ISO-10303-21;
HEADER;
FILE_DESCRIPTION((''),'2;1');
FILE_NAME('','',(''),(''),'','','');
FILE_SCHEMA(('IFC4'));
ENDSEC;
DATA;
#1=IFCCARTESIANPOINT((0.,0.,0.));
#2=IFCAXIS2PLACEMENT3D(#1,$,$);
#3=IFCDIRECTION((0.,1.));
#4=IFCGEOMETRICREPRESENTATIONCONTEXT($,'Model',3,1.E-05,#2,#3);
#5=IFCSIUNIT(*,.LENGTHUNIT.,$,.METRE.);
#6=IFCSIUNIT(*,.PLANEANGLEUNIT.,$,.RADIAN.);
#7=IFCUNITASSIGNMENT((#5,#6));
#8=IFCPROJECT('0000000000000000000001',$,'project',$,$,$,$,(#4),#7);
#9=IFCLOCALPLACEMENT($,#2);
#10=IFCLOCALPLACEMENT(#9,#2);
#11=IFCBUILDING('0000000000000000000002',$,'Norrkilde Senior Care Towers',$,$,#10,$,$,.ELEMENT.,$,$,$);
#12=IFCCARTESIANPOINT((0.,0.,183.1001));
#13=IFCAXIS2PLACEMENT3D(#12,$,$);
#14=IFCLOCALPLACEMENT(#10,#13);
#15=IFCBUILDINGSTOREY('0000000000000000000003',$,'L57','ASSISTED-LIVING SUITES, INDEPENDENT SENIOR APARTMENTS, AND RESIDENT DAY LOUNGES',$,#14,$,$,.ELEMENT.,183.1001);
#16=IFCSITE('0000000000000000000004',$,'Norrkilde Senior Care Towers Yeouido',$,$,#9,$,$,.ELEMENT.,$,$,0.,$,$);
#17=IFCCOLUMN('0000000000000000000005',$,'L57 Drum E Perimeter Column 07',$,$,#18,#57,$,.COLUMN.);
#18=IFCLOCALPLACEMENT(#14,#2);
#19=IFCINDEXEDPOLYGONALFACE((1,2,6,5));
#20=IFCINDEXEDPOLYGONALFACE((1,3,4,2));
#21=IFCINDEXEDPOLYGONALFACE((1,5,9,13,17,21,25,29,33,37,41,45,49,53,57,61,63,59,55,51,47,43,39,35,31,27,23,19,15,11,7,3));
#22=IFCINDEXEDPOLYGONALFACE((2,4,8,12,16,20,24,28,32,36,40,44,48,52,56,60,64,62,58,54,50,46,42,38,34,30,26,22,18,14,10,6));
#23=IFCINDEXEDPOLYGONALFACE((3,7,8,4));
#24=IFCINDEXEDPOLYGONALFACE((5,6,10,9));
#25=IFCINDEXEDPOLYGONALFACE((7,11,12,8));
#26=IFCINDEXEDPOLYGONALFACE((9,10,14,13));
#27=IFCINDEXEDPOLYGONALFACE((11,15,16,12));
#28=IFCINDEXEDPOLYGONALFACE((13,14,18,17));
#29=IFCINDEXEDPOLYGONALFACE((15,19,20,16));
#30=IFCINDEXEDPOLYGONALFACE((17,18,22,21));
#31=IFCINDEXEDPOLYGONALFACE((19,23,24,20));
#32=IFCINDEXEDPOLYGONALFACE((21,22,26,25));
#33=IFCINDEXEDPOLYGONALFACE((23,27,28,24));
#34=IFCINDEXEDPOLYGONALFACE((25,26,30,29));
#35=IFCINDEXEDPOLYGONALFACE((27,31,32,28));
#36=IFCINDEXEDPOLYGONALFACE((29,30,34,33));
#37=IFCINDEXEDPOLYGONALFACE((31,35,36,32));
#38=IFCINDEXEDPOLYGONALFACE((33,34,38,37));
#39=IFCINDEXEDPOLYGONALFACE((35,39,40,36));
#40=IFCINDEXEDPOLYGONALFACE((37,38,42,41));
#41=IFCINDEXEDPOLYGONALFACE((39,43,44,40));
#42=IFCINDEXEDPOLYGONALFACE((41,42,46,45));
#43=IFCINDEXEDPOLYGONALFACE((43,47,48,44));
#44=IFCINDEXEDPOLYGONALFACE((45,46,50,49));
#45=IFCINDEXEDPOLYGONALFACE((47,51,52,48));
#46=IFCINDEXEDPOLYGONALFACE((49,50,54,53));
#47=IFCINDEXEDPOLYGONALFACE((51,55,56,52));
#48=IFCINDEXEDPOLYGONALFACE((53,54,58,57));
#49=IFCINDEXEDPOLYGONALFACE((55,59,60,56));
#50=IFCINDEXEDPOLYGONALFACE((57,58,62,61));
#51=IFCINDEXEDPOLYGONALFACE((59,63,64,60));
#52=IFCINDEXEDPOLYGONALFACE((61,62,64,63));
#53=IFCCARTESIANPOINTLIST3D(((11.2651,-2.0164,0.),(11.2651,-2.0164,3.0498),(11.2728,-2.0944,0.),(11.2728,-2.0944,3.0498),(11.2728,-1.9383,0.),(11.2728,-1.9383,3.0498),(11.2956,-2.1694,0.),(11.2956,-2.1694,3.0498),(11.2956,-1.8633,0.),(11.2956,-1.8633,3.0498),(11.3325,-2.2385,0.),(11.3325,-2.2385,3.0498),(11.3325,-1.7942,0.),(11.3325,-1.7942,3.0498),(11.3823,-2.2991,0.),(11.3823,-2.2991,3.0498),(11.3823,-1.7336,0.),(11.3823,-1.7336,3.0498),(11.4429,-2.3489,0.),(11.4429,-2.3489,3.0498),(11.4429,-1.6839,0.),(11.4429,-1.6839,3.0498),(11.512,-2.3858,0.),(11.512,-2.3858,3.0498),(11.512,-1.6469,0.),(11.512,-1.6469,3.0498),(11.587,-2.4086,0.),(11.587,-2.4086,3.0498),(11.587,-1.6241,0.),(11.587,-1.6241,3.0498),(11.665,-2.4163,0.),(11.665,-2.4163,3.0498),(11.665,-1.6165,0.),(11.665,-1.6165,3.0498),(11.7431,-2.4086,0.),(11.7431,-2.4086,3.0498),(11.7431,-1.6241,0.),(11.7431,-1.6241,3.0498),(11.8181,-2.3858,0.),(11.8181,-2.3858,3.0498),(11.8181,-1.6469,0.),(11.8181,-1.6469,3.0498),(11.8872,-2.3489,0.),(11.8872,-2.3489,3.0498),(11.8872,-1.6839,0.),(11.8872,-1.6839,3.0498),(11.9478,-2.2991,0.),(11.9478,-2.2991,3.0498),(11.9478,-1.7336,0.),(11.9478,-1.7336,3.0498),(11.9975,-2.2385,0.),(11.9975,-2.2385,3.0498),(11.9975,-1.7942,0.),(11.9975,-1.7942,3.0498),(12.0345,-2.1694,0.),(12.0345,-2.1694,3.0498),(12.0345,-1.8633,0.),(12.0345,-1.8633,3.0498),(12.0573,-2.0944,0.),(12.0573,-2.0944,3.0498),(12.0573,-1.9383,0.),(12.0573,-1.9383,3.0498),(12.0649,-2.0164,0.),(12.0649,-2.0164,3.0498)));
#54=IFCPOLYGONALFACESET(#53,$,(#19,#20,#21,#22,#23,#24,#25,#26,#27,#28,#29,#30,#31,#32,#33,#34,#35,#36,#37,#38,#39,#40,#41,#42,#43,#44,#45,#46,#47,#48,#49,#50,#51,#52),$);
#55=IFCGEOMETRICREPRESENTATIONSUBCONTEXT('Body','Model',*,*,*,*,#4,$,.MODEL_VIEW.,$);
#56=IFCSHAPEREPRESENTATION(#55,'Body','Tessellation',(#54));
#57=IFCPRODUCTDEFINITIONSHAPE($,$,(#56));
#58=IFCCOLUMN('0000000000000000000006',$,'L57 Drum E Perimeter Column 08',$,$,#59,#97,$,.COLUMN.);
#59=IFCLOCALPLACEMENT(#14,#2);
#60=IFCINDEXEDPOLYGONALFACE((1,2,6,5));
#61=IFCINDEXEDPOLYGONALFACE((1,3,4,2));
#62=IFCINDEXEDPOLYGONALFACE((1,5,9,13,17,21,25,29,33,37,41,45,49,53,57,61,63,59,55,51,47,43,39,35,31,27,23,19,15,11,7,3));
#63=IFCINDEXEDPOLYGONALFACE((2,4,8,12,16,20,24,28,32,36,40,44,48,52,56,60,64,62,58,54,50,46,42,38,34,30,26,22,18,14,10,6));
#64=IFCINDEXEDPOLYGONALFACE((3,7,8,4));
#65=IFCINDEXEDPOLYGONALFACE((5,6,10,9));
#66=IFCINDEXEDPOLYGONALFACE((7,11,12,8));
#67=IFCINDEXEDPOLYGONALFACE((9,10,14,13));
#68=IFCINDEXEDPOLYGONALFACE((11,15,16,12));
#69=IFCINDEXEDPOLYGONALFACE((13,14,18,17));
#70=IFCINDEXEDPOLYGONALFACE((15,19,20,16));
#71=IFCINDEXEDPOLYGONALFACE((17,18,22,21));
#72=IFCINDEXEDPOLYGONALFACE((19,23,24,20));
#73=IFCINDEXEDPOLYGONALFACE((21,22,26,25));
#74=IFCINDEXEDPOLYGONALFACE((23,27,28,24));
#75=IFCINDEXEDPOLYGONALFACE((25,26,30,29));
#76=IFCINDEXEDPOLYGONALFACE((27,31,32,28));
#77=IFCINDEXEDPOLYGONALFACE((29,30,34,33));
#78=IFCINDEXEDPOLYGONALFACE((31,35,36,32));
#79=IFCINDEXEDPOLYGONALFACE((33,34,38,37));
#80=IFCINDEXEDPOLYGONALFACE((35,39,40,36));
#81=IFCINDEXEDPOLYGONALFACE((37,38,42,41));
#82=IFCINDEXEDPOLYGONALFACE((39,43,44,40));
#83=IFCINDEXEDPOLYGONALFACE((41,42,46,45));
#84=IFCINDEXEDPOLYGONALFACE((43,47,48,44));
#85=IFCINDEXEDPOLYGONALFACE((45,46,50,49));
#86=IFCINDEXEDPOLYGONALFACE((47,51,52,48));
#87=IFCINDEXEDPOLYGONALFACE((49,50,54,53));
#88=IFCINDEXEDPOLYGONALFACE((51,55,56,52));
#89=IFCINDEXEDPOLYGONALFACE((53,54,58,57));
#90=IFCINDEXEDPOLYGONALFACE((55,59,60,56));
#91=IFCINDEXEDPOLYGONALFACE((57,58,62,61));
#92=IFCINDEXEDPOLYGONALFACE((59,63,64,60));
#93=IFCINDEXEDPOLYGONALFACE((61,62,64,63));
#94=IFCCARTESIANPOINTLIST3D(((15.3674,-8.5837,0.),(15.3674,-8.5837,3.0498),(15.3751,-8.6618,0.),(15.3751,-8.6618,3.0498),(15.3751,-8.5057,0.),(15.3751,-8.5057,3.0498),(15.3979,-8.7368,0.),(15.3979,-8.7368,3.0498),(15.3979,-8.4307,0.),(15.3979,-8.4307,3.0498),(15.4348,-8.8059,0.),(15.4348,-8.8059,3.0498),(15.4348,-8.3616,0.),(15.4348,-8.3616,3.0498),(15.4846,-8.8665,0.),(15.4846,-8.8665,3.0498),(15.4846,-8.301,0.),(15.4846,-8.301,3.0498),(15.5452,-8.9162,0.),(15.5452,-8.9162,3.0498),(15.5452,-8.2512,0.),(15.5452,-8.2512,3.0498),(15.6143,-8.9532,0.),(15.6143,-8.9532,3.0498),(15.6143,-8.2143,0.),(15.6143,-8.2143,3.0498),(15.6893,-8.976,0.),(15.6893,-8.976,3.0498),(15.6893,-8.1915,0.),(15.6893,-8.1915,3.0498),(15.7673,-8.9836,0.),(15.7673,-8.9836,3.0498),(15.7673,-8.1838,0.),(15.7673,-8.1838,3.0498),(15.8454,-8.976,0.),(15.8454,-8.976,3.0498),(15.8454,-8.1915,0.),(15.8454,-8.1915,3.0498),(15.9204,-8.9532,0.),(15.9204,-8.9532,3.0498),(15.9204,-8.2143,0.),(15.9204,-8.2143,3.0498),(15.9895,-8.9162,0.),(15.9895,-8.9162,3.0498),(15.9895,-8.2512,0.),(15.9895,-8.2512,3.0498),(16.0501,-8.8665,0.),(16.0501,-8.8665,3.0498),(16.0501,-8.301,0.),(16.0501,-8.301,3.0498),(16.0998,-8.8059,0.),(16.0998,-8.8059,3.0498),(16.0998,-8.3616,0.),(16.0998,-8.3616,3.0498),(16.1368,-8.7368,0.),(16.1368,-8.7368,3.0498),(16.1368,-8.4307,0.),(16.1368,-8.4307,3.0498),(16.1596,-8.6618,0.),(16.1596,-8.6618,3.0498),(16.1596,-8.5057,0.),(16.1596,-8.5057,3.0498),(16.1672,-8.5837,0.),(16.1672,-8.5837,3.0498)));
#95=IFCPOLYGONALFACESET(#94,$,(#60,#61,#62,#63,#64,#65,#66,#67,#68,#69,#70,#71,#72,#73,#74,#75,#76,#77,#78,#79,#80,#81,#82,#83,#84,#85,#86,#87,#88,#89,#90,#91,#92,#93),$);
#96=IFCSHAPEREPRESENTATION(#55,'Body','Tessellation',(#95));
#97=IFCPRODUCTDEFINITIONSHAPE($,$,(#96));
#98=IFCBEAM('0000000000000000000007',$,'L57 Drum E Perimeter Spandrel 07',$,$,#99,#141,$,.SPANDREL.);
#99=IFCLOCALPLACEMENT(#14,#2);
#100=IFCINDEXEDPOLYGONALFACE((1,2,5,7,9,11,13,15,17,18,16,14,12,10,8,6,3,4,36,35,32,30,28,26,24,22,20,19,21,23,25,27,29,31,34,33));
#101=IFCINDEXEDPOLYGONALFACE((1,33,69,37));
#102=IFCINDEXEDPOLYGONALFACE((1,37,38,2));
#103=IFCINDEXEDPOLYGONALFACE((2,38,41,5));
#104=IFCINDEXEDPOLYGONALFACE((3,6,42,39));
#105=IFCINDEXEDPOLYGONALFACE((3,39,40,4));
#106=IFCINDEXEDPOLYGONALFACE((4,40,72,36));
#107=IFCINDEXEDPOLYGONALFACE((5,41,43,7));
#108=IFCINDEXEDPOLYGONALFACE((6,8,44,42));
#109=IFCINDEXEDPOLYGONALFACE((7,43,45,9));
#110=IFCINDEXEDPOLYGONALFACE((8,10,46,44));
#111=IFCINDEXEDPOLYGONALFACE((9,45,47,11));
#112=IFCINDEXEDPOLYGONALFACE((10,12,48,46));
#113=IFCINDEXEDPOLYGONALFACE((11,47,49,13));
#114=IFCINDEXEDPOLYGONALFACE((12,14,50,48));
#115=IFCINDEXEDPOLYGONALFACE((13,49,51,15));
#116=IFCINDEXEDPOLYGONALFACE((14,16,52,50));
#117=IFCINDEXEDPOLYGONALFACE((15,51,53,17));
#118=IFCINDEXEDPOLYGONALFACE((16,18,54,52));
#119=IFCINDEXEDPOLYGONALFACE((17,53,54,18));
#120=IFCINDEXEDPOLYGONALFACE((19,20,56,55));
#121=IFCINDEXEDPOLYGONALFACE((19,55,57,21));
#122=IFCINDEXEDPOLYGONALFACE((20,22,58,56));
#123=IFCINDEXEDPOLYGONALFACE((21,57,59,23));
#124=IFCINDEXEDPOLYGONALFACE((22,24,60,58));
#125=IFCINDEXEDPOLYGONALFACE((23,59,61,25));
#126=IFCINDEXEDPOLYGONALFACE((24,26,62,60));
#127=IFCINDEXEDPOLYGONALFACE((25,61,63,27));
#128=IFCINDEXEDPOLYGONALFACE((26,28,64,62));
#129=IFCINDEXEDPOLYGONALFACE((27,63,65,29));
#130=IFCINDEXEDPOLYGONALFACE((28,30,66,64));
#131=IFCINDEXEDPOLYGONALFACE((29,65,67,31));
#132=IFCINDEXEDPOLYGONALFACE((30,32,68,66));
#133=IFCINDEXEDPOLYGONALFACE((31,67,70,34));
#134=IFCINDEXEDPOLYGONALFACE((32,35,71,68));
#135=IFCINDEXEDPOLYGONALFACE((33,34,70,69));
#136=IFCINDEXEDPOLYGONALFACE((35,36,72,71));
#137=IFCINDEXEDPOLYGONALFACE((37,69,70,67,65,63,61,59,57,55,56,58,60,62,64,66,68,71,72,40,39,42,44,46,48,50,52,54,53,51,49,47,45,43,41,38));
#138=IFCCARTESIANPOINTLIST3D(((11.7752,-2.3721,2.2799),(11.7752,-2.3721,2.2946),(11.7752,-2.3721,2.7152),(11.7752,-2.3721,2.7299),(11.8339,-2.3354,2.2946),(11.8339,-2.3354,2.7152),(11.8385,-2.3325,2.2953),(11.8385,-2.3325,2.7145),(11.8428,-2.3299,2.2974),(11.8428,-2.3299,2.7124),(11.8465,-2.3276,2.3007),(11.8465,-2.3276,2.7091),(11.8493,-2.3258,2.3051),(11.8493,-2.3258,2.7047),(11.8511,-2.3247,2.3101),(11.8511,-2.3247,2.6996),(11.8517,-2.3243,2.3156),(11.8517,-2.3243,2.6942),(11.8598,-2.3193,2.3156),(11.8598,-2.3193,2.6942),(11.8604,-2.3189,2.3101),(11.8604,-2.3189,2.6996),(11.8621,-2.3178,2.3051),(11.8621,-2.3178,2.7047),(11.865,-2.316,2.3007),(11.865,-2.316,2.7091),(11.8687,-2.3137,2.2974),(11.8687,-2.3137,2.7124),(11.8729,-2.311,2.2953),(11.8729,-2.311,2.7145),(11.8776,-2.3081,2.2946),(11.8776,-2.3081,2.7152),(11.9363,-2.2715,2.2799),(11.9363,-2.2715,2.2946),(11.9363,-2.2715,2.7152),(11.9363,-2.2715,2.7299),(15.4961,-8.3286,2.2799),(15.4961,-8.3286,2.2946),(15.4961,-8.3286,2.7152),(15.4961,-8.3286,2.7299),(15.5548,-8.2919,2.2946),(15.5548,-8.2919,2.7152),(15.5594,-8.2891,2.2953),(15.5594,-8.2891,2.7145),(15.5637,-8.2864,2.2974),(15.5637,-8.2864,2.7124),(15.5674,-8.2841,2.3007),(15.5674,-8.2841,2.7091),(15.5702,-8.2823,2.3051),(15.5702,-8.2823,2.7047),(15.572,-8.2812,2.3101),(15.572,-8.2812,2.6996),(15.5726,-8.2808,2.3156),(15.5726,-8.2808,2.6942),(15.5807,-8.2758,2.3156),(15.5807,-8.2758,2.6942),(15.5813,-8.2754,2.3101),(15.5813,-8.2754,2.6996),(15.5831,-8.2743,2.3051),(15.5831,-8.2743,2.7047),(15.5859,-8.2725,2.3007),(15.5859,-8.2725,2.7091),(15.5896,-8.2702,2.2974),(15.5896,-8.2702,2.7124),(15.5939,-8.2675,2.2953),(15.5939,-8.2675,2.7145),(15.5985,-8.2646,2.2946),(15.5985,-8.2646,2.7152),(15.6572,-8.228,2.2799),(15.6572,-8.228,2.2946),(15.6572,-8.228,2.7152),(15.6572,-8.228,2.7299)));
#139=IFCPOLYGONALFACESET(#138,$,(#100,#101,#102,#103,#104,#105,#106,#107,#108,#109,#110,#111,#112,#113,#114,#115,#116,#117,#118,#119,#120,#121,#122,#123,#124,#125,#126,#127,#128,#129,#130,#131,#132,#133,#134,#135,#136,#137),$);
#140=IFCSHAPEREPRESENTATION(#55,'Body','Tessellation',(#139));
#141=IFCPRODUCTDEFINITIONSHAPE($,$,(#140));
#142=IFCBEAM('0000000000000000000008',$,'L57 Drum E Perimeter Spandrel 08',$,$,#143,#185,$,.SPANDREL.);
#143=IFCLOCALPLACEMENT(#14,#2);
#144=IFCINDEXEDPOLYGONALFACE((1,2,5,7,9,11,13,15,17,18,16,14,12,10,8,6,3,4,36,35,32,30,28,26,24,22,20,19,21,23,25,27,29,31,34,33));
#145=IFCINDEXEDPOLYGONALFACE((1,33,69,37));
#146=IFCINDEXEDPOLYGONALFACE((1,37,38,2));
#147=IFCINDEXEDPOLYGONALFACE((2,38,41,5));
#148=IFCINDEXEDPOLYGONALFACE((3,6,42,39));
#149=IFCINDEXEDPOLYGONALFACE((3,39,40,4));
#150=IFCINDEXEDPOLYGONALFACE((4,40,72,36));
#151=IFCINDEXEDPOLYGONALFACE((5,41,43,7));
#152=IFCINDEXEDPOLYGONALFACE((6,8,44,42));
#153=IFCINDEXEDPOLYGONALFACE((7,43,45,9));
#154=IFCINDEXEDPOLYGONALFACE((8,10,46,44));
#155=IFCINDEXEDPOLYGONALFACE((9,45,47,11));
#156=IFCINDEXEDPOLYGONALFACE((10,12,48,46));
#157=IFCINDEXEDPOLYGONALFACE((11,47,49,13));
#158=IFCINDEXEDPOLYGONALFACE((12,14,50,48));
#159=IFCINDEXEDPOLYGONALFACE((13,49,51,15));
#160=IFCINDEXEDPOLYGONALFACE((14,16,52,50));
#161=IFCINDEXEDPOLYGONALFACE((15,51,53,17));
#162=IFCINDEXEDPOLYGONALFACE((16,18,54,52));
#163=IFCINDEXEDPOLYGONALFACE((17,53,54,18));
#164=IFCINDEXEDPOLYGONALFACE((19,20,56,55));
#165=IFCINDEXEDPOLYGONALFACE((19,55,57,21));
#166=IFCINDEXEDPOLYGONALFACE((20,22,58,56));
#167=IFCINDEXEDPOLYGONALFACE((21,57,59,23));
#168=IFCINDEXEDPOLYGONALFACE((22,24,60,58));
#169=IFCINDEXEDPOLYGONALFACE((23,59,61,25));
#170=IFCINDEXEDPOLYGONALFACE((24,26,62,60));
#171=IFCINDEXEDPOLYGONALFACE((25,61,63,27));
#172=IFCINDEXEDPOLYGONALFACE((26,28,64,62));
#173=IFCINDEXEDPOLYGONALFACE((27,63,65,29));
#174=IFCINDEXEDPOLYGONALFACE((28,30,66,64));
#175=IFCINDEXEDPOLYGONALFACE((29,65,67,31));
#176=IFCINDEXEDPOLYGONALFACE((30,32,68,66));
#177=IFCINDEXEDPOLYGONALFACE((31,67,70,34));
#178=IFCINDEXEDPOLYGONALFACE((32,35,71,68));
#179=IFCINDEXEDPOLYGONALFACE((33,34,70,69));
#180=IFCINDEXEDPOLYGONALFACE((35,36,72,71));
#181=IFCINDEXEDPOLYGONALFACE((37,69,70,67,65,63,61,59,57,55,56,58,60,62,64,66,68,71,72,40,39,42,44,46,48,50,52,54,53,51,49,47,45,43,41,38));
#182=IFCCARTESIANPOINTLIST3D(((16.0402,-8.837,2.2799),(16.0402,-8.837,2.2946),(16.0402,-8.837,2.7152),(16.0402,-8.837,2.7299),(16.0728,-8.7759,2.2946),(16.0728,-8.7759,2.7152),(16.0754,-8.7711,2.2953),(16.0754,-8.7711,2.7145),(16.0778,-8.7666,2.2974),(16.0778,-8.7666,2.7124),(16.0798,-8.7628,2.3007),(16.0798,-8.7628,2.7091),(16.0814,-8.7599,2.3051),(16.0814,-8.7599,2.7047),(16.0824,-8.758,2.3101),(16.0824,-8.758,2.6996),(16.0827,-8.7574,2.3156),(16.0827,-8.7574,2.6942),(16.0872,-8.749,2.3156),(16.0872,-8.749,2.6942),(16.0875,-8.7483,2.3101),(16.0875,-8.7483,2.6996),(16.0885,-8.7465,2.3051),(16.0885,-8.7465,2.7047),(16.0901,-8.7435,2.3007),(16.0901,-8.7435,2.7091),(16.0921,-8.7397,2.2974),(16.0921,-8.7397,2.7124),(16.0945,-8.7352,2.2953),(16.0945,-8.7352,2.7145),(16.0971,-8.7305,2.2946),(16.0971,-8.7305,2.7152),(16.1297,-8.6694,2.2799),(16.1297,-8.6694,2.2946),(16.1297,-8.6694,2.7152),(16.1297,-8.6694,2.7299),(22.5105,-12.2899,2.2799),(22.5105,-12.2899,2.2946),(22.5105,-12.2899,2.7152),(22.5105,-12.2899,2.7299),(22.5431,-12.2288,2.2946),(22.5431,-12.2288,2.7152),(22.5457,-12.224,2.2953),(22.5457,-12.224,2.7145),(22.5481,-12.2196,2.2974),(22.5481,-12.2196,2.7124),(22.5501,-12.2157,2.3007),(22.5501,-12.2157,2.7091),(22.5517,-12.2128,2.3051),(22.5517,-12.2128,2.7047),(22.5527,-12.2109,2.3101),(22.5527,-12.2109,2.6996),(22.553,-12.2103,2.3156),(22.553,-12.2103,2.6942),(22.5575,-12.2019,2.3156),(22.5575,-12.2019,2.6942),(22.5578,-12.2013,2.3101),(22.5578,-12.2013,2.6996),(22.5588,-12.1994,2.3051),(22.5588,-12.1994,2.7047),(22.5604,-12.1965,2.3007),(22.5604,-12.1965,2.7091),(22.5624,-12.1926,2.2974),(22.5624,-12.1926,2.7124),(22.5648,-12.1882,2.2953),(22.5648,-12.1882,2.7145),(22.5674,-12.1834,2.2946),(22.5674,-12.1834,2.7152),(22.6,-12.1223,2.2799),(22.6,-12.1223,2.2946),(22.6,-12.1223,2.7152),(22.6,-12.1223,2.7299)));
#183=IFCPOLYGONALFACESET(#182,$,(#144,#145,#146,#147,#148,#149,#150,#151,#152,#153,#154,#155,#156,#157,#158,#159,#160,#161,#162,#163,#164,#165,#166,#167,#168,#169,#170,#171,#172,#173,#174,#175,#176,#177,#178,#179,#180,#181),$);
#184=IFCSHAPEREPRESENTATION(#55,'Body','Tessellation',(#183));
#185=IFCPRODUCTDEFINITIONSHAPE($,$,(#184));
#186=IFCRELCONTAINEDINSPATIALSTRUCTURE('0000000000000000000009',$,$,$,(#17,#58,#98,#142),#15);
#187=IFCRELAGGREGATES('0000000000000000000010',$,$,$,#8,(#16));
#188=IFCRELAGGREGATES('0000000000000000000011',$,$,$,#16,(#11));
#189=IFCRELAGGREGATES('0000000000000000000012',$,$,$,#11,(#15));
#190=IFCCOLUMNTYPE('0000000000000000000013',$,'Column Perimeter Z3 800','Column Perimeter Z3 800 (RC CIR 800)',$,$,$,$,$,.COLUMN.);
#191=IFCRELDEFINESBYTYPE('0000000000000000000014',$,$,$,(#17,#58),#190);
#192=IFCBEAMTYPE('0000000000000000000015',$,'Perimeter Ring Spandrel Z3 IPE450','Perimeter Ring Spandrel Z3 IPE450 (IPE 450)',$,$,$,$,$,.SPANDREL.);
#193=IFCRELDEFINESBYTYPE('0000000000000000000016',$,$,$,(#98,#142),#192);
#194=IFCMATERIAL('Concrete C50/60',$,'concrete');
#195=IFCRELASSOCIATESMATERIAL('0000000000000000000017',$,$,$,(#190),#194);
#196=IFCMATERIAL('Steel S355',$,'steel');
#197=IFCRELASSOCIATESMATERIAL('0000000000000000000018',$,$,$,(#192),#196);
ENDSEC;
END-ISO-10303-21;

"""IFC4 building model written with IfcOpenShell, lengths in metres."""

from ifc_helpers import new_model, si_unit, direction, frame, origin, origin_2d, place, context, subcontext, project, spatial, circle, i_section, extrude, source, transform, mapped, material, material_profile, profile_set, type_object, type_shapes, element, save


model = new_model("IFC4")

# Units and contexts
model_context = context("Model", 3, precision=1e-05, world=origin(), true_north=direction((0.0, 1.0)))
body_context = subcontext(model_context, "Body", "Model", "MODEL_VIEW")
ifc_project = project(units=[si_unit("LENGTHUNIT", "METRE"), si_unit("PLANEANGLEUNIT", "RADIAN")], contexts=[model_context])

# Site, building, storey
site_placement = place(None, origin())
site = spatial("IfcSite", under=ifc_project, at=site_placement, Name="Norrkilde Senior Care Towers Yeouido", CompositionType="ELEMENT", RefElevation=0.0)
building_placement = place(site_placement, origin())
building = spatial("IfcBuilding", under=site, at=building_placement, Name="Norrkilde Senior Care Towers", CompositionType="ELEMENT")
storey_placement = place(building_placement, frame((0.0, 0.0, 183.1001)))
storey = spatial("IfcBuildingStorey", under=building, at=storey_placement, Name="L57", Description="ASSISTED-LIVING SUITES, INDEPENDENT SENIOR APARTMENTS, AND RESIDENT DAY LOUNGES", CompositionType="ELEMENT", Elevation=183.1001)

# Columns
ifc_material_1 = material(Name="Concrete C50/60", Category="concrete")
ifc_material_profile_1 = material_profile(ifc_material_1, circle(Radius=0.3999, at=origin_2d()), Name="RC CIR 800")
ifc_profile_set_1 = profile_set([ifc_material_profile_1], Name="Concrete C50/60")
column_type = type_object("IfcColumnType", Name="Column Perimeter Z3 800", Description="Column Perimeter Z3 800 (RC CIR 800)", PredefinedType="COLUMN", material=ifc_profile_set_1)
shared_shape_1 = source(origin(), body_context, "Body", "SweptSolid", [
    extrude(circle(Radius=0.3999, at=origin_2d()), origin(), (0.0, 0.0, 1.0), 3.0498),
])
type_shapes(column_type, [shared_shape_1])
for number, where, z_axis, x_axis, name in (
    (1, (11.665, -2.0164, 0.0), (0.0, 0.0, 1.0), (1.0, 0.0, 0.0), "L57 Drum E Perimeter Column 07"),
    (2, (15.7673, -8.5837, 0.0), (0.0, 0.0, 1.0), (1.0, 0.0, 0.0), "L57 Drum E Perimeter Column 08"),
):
    element("IfcColumn", number, at=place(storey_placement, frame(where, z_axis=z_axis, x_axis=x_axis)), inside=storey, type_object=column_type, Name=name, PredefinedType="COLUMN", context=body_context, shape_type="MappedRepresentation", body=[
        mapped(shared_shape_1, transform((0.0, 0.0, 0.0), x_axis=(1.0, 0.0, 0.0), y_axis=(0.0, 1.0, 0.0), z_axis=(0.0, 0.0, 1.0), scale=1.0)),
    ])

# Beams
ifc_material_2 = material(Name="Steel S355", Category="steel")
ifc_material_profile_2 = material_profile(ifc_material_2, i_section(OverallWidth=0.1899, OverallDepth=0.45, WebThickness=0.0095, FlangeThickness=0.0146, FilletRadius=0.021, at=origin_2d()), Name="IPE 450")
ifc_profile_set_2 = profile_set([ifc_material_profile_2], Name="Steel S355")
beam_type_1 = type_object("IfcBeamType", Name="Perimeter Ring Spandrel Z3 IPE450", Description="Perimeter Ring Spandrel Z3 IPE450 (IPE 450)", PredefinedType="SPANDREL", material=ifc_profile_set_2)
shared_shape_2 = source(origin(), body_context, "Body", "SweptSolid", [
    extrude(i_section(OverallWidth=0.1899, OverallDepth=0.45, WebThickness=0.0095, FlangeThickness=0.0146, FilletRadius=0.021, at=origin_2d()), origin(), (0.0, 0.0, 1.0), 7.0232),
])
beam_1_placement = place(storey_placement, frame((11.8557, -2.3218, 2.5049), z_axis=(0.529805, -0.848119, 0.0), x_axis=(0.848119, 0.529805, 0.0)))
element("IfcBeam", 3, at=beam_1_placement, inside=storey, type_object=beam_type_1, Name="L57 Drum E Perimeter Spandrel 07", PredefinedType="SPANDREL", context=body_context, shape_type="MappedRepresentation", body=[
    mapped(shared_shape_2, transform((0.0, 0.0, 0.0), x_axis=(1.0, 0.0, 0.0), y_axis=(0.0, 1.0, 0.0), z_axis=(0.0, 0.0, 1.0), scale=1.0)),
])
shared_shape_3 = source(origin(), body_context, "Body", "SweptSolid", [
    extrude(i_section(OverallWidth=0.1899, OverallDepth=0.45, WebThickness=0.0095, FlangeThickness=0.0146, FilletRadius=0.021, at=origin_2d()), origin(), (0.0, 0.0, 1.0), 7.334),
])
type_shapes(beam_type_1, [shared_shape_2, shared_shape_3])
beam_2_placement = place(storey_placement, frame((16.085, -8.7532, 2.5049), z_axis=(0.882234, -0.470811, 0.0), x_axis=(0.470811, 0.882234, 0.0)))
element("IfcBeam", 4, at=beam_2_placement, inside=storey, type_object=beam_type_1, Name="L57 Drum E Perimeter Spandrel 08", PredefinedType="SPANDREL", context=body_context, shape_type="MappedRepresentation", body=[
    mapped(shared_shape_3, transform((0.0, 0.0, 0.0), x_axis=(1.0, 0.0, 0.0), y_axis=(0.0, 1.0, 0.0), z_axis=(0.0, 0.0, 1.0), scale=1.0)),
])

save(model, "model.ifc")
